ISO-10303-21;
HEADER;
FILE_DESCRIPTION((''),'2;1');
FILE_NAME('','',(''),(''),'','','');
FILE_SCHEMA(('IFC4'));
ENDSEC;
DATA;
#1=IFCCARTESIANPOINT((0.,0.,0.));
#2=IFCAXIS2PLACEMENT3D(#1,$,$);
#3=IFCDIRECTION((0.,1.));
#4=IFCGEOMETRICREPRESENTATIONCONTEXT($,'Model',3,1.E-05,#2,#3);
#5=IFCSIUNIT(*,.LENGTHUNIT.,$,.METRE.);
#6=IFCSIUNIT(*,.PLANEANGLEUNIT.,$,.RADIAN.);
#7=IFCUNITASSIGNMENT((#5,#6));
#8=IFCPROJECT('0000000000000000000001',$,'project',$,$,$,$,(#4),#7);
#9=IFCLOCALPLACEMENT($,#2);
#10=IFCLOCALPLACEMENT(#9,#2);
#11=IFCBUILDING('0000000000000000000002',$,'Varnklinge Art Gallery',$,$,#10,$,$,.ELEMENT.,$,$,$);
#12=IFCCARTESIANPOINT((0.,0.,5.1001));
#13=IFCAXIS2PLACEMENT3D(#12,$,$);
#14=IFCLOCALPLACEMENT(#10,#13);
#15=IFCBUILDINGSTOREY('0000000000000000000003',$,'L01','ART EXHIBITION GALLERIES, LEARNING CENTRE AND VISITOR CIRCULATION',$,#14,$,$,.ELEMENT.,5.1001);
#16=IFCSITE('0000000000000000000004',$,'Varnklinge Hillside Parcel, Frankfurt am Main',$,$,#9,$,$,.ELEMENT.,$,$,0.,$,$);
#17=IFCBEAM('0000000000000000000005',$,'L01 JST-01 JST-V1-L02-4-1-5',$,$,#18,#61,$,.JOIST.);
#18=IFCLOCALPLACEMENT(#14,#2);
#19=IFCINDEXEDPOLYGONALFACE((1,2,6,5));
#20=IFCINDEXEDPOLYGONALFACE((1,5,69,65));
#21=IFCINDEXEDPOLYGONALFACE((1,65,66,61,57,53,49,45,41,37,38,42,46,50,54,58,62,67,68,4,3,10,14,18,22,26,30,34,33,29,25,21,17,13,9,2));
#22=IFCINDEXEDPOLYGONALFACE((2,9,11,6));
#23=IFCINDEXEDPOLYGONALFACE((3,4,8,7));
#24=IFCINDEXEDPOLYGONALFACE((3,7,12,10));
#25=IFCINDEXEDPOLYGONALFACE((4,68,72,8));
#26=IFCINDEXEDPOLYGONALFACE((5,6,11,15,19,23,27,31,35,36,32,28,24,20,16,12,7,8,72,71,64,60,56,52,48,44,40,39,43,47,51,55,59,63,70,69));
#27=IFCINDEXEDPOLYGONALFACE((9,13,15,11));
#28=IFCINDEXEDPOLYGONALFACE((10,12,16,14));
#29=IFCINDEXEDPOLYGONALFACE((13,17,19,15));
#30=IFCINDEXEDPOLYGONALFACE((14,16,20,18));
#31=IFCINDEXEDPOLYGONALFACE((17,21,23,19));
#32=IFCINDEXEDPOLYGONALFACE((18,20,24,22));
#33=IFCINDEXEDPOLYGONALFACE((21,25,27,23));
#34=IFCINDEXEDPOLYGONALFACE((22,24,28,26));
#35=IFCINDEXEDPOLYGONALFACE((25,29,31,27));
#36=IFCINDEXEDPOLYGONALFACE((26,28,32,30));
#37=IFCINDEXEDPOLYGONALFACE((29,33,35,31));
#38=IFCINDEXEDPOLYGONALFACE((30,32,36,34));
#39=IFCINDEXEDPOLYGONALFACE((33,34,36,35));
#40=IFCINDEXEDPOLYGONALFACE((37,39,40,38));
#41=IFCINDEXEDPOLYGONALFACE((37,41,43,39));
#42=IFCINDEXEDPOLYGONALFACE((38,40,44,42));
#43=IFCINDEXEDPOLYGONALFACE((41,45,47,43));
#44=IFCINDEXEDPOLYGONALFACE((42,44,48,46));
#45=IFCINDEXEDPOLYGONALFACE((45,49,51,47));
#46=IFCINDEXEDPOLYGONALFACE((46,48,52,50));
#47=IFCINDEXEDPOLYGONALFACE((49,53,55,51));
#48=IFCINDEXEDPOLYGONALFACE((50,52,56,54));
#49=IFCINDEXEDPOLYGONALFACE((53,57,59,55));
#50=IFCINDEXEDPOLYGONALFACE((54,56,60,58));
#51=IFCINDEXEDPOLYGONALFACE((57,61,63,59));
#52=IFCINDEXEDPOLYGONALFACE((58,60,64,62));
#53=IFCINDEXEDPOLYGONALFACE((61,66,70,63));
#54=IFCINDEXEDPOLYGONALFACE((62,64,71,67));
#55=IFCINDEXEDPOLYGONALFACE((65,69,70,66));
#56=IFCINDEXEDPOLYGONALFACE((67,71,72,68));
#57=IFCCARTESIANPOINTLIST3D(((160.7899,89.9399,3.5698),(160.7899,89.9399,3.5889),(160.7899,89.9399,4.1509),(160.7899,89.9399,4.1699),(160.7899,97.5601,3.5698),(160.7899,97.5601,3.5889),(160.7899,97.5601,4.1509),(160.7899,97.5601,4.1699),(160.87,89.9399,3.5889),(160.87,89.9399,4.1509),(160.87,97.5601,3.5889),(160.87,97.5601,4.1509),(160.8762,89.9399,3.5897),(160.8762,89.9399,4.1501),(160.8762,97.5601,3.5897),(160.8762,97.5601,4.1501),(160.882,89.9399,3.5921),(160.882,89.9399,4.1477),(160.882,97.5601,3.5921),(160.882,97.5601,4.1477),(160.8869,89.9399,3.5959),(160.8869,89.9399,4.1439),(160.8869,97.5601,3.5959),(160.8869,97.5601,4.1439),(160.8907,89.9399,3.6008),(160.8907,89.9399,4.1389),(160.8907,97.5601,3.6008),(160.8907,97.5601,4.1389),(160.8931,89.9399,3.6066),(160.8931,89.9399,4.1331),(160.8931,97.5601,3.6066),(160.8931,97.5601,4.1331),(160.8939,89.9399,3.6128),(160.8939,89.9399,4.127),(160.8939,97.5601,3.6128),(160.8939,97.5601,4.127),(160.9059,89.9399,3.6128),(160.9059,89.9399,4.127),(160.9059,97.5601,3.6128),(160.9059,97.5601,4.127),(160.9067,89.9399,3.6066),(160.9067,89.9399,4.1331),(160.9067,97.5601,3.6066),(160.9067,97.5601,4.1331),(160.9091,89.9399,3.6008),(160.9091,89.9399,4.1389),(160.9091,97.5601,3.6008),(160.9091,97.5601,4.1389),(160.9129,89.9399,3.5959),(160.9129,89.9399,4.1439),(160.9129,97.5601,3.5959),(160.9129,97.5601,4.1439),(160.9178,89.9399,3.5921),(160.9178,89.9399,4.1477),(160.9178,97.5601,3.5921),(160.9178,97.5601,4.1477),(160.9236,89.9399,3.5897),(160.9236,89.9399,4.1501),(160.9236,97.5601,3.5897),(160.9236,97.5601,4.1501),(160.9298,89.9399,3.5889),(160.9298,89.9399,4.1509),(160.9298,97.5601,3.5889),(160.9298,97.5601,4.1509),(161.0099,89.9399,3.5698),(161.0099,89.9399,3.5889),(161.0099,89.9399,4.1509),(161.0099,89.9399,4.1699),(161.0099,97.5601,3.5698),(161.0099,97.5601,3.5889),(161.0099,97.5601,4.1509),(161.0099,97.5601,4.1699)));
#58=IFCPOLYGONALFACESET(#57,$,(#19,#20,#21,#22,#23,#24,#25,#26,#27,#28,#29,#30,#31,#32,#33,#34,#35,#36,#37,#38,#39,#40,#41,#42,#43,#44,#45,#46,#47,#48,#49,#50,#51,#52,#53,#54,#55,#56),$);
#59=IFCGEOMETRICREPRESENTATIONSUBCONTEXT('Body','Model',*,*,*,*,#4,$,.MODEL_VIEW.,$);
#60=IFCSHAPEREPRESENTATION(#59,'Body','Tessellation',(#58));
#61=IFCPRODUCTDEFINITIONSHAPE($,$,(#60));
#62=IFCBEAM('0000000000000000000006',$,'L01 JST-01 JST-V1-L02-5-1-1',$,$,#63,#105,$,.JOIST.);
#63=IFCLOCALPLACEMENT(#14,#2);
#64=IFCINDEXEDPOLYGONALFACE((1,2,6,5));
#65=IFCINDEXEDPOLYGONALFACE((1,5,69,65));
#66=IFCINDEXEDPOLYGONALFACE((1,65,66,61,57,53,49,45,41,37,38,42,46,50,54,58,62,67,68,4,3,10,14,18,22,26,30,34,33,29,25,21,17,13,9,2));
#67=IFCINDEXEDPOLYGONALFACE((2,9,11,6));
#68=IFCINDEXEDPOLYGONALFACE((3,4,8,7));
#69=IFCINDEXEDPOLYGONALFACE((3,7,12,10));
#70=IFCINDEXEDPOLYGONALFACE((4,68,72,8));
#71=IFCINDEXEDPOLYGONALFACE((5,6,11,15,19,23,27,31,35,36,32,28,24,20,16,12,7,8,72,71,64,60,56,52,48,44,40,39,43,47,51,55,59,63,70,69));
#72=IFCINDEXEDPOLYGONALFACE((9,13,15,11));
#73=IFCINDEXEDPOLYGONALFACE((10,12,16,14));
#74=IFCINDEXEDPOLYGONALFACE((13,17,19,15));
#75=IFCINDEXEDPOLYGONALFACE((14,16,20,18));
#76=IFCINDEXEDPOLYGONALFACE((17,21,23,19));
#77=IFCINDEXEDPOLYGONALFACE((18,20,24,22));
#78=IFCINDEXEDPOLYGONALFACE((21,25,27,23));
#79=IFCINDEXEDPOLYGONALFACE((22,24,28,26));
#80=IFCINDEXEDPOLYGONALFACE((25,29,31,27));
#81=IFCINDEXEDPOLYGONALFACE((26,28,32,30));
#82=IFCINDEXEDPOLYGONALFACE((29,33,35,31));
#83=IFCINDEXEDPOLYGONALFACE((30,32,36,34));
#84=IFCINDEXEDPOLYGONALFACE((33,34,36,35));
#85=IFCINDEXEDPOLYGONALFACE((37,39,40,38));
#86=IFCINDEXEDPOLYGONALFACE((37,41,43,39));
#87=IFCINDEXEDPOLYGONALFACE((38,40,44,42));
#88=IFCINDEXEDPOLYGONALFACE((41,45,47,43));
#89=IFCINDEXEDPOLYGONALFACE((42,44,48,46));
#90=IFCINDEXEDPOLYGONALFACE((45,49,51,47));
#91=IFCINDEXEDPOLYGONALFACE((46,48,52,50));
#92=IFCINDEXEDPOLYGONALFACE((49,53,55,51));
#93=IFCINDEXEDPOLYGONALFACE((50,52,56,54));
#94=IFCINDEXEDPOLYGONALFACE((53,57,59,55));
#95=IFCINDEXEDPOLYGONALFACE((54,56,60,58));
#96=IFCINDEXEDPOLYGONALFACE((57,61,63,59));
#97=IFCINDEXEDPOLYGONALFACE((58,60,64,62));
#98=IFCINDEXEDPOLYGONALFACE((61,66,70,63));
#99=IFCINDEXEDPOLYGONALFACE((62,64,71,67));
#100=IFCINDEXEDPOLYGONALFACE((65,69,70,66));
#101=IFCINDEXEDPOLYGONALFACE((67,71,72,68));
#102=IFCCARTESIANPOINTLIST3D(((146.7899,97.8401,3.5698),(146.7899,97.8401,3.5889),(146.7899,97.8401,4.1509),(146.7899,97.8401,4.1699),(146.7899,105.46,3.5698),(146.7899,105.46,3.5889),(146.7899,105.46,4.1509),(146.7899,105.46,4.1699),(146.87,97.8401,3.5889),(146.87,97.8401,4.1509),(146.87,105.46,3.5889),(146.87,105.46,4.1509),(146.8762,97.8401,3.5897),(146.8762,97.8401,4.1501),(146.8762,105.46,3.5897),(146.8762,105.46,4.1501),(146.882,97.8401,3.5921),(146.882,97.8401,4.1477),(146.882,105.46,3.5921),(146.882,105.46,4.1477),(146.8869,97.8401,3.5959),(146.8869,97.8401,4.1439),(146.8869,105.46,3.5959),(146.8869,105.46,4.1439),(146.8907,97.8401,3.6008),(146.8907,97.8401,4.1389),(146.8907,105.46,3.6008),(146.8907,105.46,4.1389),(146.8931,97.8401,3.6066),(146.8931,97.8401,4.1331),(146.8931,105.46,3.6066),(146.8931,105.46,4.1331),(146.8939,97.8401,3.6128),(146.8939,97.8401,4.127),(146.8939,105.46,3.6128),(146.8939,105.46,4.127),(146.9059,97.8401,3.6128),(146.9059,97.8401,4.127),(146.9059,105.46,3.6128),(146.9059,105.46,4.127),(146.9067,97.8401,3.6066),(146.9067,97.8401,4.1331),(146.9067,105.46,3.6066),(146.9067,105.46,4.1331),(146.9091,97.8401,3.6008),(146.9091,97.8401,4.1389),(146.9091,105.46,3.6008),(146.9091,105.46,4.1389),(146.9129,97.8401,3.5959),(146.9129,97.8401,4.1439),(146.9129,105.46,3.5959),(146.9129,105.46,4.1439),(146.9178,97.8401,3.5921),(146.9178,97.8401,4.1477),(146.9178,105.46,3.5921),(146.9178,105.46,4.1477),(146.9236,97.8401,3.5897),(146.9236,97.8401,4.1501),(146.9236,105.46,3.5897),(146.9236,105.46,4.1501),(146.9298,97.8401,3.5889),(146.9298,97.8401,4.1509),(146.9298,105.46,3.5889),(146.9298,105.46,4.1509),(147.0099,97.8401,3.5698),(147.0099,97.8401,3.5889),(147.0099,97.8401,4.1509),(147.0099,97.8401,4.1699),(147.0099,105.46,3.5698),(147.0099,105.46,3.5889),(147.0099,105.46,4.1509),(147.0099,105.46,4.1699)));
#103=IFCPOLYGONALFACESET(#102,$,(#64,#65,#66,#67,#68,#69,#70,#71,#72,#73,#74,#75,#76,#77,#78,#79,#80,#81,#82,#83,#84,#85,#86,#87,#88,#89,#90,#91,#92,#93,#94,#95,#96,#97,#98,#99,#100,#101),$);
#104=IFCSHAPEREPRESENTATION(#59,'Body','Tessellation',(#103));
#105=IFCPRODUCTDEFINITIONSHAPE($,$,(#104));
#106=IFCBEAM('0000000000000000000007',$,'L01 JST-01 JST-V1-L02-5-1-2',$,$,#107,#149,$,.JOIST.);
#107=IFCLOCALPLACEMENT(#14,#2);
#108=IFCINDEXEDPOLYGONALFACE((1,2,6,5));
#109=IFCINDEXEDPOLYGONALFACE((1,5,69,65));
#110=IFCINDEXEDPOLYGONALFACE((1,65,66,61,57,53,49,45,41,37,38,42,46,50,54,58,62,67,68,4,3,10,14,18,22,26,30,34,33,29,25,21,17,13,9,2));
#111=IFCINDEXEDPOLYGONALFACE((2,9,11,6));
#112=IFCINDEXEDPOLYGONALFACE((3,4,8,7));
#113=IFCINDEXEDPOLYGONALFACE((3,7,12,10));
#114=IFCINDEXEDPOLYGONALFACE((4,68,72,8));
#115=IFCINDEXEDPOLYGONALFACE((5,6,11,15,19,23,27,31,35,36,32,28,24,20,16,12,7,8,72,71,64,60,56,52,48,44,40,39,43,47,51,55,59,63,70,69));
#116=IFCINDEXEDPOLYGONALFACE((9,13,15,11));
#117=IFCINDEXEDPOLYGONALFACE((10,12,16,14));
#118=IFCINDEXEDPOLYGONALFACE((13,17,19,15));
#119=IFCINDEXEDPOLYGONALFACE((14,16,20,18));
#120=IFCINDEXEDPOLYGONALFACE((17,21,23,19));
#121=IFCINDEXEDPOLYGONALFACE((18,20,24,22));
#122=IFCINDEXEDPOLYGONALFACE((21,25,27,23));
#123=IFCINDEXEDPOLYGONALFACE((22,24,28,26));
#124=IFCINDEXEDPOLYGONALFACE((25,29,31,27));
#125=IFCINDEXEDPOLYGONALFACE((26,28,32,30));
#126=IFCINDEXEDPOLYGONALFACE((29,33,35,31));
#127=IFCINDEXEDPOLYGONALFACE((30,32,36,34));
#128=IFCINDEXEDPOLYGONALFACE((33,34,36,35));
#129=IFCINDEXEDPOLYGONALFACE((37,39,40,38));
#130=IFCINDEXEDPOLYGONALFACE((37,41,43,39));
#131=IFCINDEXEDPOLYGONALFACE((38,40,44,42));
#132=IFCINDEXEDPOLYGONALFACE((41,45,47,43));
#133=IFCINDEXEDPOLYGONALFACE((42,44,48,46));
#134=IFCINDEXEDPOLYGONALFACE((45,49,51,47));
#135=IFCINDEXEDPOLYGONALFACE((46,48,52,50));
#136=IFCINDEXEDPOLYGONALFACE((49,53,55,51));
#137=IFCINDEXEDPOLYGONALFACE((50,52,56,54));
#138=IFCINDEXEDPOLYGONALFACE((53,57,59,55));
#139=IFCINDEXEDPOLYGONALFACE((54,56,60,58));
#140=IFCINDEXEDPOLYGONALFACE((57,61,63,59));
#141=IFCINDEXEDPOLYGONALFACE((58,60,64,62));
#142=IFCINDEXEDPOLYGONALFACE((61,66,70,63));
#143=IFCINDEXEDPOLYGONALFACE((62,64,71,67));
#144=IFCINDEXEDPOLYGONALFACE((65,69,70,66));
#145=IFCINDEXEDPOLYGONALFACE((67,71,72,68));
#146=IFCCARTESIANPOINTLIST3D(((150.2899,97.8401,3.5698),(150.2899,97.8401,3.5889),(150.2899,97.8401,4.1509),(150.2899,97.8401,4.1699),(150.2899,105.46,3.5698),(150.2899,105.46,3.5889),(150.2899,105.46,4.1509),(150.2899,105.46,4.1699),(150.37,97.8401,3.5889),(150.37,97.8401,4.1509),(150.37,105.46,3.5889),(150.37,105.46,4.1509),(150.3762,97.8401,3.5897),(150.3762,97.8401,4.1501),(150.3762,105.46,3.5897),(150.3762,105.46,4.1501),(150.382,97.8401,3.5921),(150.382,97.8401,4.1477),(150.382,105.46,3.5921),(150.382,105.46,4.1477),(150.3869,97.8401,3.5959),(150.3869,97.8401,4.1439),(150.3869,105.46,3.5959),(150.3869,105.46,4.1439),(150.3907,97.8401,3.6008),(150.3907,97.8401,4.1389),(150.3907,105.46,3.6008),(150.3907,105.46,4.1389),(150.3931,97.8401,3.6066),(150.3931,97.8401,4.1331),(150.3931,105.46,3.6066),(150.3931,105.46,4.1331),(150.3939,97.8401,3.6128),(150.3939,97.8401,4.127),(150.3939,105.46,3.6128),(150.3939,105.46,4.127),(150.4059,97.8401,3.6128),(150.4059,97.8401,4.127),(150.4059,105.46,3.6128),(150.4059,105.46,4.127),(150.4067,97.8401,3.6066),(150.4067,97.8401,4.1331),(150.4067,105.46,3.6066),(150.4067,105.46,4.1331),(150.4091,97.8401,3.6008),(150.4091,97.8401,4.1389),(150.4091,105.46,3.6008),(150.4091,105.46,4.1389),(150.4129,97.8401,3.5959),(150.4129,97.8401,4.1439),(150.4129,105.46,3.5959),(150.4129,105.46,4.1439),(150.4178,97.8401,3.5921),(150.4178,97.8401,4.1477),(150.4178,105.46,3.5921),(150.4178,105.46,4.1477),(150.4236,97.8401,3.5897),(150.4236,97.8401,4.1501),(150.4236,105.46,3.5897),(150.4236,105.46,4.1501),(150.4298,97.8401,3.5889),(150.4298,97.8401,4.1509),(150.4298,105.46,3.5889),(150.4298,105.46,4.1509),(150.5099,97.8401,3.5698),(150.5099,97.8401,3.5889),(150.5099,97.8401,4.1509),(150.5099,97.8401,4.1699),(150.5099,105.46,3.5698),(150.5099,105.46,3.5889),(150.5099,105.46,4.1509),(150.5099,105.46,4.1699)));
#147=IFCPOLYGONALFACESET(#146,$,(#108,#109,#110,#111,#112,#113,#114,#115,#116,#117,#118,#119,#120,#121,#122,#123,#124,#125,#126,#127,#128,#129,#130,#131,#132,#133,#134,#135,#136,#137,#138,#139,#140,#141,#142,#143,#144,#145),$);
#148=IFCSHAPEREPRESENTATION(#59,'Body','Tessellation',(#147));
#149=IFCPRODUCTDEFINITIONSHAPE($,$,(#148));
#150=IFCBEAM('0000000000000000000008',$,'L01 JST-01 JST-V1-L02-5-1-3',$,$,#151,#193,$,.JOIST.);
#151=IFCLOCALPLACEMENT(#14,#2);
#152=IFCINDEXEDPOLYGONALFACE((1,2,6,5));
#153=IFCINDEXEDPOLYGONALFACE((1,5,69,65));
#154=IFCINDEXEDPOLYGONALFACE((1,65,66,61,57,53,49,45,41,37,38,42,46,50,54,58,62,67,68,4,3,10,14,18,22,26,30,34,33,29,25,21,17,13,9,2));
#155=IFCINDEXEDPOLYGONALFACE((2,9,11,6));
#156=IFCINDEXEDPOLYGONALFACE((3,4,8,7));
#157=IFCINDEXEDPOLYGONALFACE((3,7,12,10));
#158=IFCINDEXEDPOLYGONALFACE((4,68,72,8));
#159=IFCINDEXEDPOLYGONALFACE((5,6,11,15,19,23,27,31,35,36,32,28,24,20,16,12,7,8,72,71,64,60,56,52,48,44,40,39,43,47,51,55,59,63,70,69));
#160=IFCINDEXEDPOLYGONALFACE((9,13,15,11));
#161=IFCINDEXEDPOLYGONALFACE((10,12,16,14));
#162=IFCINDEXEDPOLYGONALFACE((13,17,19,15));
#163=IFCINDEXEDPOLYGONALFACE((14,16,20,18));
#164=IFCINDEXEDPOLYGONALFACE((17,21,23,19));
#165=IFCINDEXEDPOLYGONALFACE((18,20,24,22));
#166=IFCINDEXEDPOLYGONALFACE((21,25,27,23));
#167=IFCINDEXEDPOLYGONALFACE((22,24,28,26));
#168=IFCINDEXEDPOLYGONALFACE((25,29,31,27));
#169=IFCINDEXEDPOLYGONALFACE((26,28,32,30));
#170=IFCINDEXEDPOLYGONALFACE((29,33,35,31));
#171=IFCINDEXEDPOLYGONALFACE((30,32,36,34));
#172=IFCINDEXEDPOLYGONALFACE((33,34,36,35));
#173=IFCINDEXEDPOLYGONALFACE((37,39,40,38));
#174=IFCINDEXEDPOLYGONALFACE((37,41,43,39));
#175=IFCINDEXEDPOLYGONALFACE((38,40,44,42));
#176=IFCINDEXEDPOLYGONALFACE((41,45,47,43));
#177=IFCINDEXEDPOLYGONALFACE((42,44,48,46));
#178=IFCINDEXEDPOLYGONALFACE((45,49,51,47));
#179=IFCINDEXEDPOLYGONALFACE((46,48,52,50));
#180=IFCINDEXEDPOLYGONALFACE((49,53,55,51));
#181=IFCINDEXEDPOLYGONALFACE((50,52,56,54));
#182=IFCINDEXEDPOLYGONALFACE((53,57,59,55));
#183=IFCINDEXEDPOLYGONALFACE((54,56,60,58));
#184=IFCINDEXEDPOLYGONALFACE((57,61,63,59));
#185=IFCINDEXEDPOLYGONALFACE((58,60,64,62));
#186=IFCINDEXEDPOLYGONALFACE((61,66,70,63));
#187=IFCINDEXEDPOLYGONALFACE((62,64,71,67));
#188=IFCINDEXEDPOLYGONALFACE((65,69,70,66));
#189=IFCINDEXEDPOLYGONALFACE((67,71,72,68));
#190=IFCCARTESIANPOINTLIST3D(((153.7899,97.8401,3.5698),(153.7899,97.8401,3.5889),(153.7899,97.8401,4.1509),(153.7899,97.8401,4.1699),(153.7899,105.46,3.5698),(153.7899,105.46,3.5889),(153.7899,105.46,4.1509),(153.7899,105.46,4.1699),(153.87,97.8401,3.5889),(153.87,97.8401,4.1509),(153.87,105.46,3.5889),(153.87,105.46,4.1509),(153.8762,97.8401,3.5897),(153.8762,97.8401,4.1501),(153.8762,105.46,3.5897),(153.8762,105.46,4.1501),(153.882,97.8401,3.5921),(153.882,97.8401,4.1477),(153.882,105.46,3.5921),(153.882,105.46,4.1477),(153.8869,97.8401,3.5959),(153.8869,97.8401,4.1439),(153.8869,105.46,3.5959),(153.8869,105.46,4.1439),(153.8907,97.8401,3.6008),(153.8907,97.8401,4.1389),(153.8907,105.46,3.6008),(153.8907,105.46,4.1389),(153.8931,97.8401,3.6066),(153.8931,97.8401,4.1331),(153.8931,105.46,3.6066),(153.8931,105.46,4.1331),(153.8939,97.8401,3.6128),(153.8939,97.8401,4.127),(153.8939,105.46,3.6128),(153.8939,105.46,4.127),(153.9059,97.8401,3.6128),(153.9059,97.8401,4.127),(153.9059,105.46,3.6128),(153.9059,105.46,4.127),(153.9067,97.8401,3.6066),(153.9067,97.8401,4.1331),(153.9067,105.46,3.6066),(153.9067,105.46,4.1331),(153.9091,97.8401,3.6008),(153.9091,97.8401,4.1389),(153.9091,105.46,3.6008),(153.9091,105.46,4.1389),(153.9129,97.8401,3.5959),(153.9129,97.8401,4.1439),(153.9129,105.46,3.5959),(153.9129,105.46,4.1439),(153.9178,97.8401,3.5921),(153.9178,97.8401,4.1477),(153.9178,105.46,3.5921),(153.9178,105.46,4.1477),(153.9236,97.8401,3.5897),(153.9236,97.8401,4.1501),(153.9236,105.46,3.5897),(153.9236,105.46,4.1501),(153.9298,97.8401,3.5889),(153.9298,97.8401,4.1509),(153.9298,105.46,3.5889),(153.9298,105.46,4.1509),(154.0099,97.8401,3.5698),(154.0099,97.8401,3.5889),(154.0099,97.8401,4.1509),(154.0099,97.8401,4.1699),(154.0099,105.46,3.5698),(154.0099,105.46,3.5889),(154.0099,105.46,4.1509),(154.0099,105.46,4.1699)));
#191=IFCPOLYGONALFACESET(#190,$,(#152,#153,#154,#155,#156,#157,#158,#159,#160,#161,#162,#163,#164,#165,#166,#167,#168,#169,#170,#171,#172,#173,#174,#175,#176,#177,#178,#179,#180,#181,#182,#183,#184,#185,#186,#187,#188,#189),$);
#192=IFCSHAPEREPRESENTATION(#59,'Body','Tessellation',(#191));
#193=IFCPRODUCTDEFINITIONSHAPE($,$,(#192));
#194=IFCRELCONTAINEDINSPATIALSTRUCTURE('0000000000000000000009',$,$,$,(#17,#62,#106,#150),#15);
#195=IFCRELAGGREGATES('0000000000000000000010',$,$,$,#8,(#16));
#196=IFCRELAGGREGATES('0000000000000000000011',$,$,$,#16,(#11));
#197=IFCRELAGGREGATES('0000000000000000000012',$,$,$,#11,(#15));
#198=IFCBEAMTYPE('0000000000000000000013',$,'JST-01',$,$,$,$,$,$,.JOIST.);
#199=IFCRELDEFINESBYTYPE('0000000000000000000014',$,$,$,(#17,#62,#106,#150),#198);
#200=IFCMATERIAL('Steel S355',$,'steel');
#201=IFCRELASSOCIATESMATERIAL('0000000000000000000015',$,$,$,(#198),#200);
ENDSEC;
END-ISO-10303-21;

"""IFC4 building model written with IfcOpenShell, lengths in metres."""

from ifc_helpers import new_model, si_unit, direction, frame, origin, origin_2d, place, context, subcontext, project, spatial, i_section, extrude, material, material_profile, profile_set, type_object, element, save


model = new_model("IFC4")

# Units and contexts
model_context = context("Model", 3, precision=1e-05, world=origin(), true_north=direction((0.0, 1.0)))
body_context = subcontext(model_context, "Body", "Model", "MODEL_VIEW")
ifc_project = project(units=[si_unit("LENGTHUNIT", "METRE"), si_unit("PLANEANGLEUNIT", "RADIAN")], contexts=[model_context])

# Site, building, storey
site_placement = place(None, origin())
site = spatial("IfcSite", under=ifc_project, at=site_placement, Name="Varnklinge Hillside Parcel, Frankfurt am Main", CompositionType="ELEMENT", RefElevation=0.0)
building_placement = place(site_placement, origin())
building = spatial("IfcBuilding", under=site, at=building_placement, Name="Varnklinge Art Gallery", CompositionType="ELEMENT")
storey_placement = place(building_placement, frame((0.0, 0.0, 5.1001)))
storey = spatial("IfcBuildingStorey", under=building, at=storey_placement, Name="L01", Description="ART EXHIBITION GALLERIES, LEARNING CENTRE AND VISITOR CIRCULATION", CompositionType="ELEMENT", Elevation=5.1001)

# Beams
ifc_material_1 = material(Name="Steel S355", Category="steel")
ifc_material_profile_1 = material_profile(ifc_material_1, i_section(OverallWidth=0.22, OverallDepth=0.6001, WebThickness=0.012, FlangeThickness=0.019, FilletRadius=0.0239, at=origin_2d()), Name="IPE 600")
ifc_profile_set_1 = profile_set([ifc_material_profile_1], Name="Steel S355")
beam_type_1 = type_object("IfcBeamType", Name="JST-01", PredefinedType="JOIST", material=ifc_profile_set_1)
for number, where, z_axis, x_axis, name in (
    (1, (160.8999, 89.9399, 3.8699), (0.0, 1.0, 0.0), (-1.0, 0.0, 0.0), "L01 JST-01 JST-V1-L02-4-1-5"),
):
    element("IfcBeam", number, at=place(storey_placement, frame(where, z_axis=z_axis, x_axis=x_axis)), inside=storey, type_object=beam_type_1, Name=name, PredefinedType="JOIST", context=body_context, shape_type="SweptSolid", body=[
        extrude(i_section(OverallWidth=0.22, OverallDepth=0.6001, WebThickness=0.012, FlangeThickness=0.019, FilletRadius=0.0239, at=origin_2d()), origin(), (0.0, 0.0, 1.0), 7.6201),
    ])
for number, where, z_axis, x_axis, name in (
    (2, (146.8999, 97.8401, 3.8699), (0.0, 1.0, 0.0), (-1.0, 0.0, 0.0), "L01 JST-01 JST-V1-L02-5-1-1"),
    (3, (150.3999, 97.8401, 3.8699), (0.0, 1.0, 0.0), (-1.0, 0.0, 0.0), "L01 JST-01 JST-V1-L02-5-1-2"),
    (4, (153.8999, 97.8401, 3.8699), (0.0, 1.0, 0.0), (-1.0, 0.0, 0.0), "L01 JST-01 JST-V1-L02-5-1-3"),
):
    element("IfcBeam", number, at=place(storey_placement, frame(where, z_axis=z_axis, x_axis=x_axis)), inside=storey, type_object=beam_type_1, Name=name, PredefinedType="JOIST", context=body_context, shape_type="SweptSolid", body=[
        extrude(i_section(OverallWidth=0.22, OverallDepth=0.6001, WebThickness=0.012, FlangeThickness=0.019, FilletRadius=0.0239, at=origin_2d()), origin(), (0.0, 0.0, 1.0), 7.6199),
    ])

save(model, "model.ifc")
